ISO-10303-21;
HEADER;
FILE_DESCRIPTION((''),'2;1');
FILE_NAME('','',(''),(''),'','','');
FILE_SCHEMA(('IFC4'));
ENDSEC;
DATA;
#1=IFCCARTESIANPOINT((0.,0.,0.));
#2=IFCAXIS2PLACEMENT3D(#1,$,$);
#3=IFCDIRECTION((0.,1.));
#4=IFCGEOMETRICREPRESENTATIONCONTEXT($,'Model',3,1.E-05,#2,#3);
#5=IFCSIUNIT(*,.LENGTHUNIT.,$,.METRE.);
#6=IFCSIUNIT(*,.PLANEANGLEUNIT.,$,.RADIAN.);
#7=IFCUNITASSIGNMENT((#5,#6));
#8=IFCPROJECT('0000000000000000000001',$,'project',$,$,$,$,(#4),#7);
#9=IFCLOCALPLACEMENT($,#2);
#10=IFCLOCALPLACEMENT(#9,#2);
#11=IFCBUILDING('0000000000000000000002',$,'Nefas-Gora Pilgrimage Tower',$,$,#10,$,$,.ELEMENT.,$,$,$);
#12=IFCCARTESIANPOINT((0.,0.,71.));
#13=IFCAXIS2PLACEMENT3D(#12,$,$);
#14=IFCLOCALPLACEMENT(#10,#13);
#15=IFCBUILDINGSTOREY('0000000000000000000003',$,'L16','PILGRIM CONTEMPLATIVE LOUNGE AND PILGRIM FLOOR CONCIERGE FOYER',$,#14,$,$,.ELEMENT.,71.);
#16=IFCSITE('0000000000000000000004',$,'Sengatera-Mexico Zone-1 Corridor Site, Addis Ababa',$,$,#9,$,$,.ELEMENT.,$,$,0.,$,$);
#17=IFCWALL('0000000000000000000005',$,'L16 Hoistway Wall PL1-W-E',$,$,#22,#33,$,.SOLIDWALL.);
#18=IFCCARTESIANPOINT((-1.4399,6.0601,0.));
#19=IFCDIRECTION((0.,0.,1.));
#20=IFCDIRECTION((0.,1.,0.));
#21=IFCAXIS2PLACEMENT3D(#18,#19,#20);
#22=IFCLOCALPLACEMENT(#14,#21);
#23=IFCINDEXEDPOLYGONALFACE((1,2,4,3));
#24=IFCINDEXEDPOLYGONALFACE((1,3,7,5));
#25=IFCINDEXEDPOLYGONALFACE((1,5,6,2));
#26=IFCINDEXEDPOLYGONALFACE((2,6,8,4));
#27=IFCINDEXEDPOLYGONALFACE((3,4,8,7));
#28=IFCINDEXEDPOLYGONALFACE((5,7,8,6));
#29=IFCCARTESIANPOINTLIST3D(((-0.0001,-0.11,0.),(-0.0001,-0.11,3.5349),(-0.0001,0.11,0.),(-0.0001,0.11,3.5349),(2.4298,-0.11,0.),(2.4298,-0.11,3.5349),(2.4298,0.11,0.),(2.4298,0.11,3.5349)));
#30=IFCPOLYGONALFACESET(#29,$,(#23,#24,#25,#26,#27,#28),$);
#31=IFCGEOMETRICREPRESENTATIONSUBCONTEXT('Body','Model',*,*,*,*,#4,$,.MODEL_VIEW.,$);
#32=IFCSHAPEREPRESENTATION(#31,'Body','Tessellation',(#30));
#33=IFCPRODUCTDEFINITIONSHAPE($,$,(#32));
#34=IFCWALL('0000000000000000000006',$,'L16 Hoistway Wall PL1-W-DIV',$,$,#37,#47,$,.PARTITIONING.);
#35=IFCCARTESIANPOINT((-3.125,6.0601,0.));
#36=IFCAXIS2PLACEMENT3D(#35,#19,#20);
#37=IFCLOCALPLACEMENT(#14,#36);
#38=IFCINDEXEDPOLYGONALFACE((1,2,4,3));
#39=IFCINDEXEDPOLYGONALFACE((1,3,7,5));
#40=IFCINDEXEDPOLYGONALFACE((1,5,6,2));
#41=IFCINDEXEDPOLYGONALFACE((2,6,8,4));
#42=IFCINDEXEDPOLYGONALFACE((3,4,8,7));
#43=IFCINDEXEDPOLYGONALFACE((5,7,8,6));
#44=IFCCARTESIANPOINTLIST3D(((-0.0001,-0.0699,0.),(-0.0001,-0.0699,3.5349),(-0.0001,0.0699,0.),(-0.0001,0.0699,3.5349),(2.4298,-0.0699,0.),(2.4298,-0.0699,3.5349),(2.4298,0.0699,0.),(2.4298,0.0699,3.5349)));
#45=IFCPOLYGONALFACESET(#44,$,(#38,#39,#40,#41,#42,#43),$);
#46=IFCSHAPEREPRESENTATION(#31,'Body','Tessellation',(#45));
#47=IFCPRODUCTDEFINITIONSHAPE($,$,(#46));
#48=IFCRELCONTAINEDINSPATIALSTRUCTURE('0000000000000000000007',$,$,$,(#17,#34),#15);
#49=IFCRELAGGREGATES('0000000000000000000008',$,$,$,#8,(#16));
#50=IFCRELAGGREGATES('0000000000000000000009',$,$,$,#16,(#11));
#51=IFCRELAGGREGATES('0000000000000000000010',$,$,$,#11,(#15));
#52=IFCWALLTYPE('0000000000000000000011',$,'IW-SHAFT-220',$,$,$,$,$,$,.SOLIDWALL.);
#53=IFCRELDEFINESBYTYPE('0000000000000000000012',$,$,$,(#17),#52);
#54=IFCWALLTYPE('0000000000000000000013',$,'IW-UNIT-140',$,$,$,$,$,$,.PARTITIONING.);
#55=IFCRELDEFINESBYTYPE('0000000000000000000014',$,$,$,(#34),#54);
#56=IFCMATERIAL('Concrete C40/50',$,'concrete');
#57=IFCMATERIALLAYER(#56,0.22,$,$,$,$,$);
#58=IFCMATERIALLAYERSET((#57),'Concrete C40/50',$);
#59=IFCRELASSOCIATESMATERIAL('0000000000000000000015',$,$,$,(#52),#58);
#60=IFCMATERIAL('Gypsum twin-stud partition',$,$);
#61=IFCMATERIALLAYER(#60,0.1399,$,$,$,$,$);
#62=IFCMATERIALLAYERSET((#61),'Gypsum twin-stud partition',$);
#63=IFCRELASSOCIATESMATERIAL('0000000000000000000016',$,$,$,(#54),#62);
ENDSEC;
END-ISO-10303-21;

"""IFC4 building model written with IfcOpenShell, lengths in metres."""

from ifc_helpers import new_model, si_unit, direction, frame, frame_2d, origin, place, context, subcontext, project, spatial, rectangle, extrude, source, transform, mapped, material, layer, layer_set, type_object, element, save


model = new_model("IFC4")

# Units and contexts
model_context = context("Model", 3, precision=1e-05, world=origin(), true_north=direction((0.0, 1.0)))
body_context = subcontext(model_context, "Body", "Model", "MODEL_VIEW")
ifc_project = project(units=[si_unit("LENGTHUNIT", "METRE"), si_unit("PLANEANGLEUNIT", "RADIAN")], contexts=[model_context])

# Site, building, storey
site_placement = place(None, origin())
site = spatial("IfcSite", under=ifc_project, at=site_placement, Name="Sengatera-Mexico Zone-1 Corridor Site, Addis Ababa", CompositionType="ELEMENT", RefElevation=0.0)
building_placement = place(site_placement, origin())
building = spatial("IfcBuilding", under=site, at=building_placement, Name="Nefas-Gora Pilgrimage Tower", CompositionType="ELEMENT")
storey_placement = place(building_placement, frame((0.0, 0.0, 71.0)))
storey = spatial("IfcBuildingStorey", under=building, at=storey_placement, Name="L16", Description="PILGRIM CONTEMPLATIVE LOUNGE AND PILGRIM FLOOR CONCIERGE FOYER", CompositionType="ELEMENT", Elevation=71.0)

# Shared definitions
ifc_material_1 = material(Name="Concrete C40/50", Category="concrete")
ifc_layer_1 = layer(ifc_material_1, 0.22)
ifc_layer_set_1 = layer_set([ifc_layer_1], Name="Concrete C40/50")
wall_type_1 = type_object("IfcWallType", Name="IW-SHAFT-220", PredefinedType="SOLIDWALL", material=ifc_layer_set_1)

# Walls
shared_shape_1 = source(origin(), body_context, "Body", "SweptSolid", [
    extrude(rectangle(XDim=2.4299, YDim=0.22, at=frame_2d((1.2148, 0.0))), origin(), (0.0, 0.0, 1.0), 3.5349),
])
for number, where, z_axis, x_axis, name in (
    (1, (-1.4399, 6.0601, 0.0), (0.0, 0.0, 1.0), (0.0, 1.0, 0.0), "L16 Hoistway Wall PL1-W-E"),
):
    element("IfcWall", number, at=place(storey_placement, frame(where, z_axis=z_axis, x_axis=x_axis)), inside=storey, type_object=wall_type_1, Name=name, PredefinedType="SOLIDWALL", context=body_context, shape_type="MappedRepresentation", body=[
        mapped(shared_shape_1, transform((0.0, 0.0, 0.0), x_axis=(1.0, 0.0, 0.0), y_axis=(0.0, 1.0, 0.0), z_axis=(0.0, 0.0, 1.0), scale=1.0)),
    ])
ifc_material_2 = material(Name="Gypsum twin-stud partition")
ifc_layer_2 = layer(ifc_material_2, 0.1399)
ifc_layer_set_2 = layer_set([ifc_layer_2], Name="Gypsum twin-stud partition")
wall_type_2 = type_object("IfcWallType", Name="IW-UNIT-140", PredefinedType="PARTITIONING", material=ifc_layer_set_2)
shared_shape_2 = source(origin(), body_context, "Body", "SweptSolid", [
    extrude(rectangle(XDim=2.4299, YDim=0.1399, at=frame_2d((1.2148, 0.0))), origin(), (0.0, 0.0, 1.0), 3.5349),
])
wall_1_placement = place(storey_placement, frame((-3.125, 6.0601, 0.0), z_axis=(0.0, 0.0, 1.0), x_axis=(0.0, 1.0, 0.0)))
element("IfcWall", 2, at=wall_1_placement, inside=storey, type_object=wall_type_2, Name="L16 Hoistway Wall PL1-W-DIV", PredefinedType="PARTITIONING", context=body_context, shape_type="MappedRepresentation", body=[
    mapped(shared_shape_2, transform((0.0, 0.0, 0.0), x_axis=(1.0, 0.0, 0.0), y_axis=(0.0, 1.0, 0.0), z_axis=(0.0, 0.0, 1.0), scale=1.0)),
])

save(model, "model.ifc")
